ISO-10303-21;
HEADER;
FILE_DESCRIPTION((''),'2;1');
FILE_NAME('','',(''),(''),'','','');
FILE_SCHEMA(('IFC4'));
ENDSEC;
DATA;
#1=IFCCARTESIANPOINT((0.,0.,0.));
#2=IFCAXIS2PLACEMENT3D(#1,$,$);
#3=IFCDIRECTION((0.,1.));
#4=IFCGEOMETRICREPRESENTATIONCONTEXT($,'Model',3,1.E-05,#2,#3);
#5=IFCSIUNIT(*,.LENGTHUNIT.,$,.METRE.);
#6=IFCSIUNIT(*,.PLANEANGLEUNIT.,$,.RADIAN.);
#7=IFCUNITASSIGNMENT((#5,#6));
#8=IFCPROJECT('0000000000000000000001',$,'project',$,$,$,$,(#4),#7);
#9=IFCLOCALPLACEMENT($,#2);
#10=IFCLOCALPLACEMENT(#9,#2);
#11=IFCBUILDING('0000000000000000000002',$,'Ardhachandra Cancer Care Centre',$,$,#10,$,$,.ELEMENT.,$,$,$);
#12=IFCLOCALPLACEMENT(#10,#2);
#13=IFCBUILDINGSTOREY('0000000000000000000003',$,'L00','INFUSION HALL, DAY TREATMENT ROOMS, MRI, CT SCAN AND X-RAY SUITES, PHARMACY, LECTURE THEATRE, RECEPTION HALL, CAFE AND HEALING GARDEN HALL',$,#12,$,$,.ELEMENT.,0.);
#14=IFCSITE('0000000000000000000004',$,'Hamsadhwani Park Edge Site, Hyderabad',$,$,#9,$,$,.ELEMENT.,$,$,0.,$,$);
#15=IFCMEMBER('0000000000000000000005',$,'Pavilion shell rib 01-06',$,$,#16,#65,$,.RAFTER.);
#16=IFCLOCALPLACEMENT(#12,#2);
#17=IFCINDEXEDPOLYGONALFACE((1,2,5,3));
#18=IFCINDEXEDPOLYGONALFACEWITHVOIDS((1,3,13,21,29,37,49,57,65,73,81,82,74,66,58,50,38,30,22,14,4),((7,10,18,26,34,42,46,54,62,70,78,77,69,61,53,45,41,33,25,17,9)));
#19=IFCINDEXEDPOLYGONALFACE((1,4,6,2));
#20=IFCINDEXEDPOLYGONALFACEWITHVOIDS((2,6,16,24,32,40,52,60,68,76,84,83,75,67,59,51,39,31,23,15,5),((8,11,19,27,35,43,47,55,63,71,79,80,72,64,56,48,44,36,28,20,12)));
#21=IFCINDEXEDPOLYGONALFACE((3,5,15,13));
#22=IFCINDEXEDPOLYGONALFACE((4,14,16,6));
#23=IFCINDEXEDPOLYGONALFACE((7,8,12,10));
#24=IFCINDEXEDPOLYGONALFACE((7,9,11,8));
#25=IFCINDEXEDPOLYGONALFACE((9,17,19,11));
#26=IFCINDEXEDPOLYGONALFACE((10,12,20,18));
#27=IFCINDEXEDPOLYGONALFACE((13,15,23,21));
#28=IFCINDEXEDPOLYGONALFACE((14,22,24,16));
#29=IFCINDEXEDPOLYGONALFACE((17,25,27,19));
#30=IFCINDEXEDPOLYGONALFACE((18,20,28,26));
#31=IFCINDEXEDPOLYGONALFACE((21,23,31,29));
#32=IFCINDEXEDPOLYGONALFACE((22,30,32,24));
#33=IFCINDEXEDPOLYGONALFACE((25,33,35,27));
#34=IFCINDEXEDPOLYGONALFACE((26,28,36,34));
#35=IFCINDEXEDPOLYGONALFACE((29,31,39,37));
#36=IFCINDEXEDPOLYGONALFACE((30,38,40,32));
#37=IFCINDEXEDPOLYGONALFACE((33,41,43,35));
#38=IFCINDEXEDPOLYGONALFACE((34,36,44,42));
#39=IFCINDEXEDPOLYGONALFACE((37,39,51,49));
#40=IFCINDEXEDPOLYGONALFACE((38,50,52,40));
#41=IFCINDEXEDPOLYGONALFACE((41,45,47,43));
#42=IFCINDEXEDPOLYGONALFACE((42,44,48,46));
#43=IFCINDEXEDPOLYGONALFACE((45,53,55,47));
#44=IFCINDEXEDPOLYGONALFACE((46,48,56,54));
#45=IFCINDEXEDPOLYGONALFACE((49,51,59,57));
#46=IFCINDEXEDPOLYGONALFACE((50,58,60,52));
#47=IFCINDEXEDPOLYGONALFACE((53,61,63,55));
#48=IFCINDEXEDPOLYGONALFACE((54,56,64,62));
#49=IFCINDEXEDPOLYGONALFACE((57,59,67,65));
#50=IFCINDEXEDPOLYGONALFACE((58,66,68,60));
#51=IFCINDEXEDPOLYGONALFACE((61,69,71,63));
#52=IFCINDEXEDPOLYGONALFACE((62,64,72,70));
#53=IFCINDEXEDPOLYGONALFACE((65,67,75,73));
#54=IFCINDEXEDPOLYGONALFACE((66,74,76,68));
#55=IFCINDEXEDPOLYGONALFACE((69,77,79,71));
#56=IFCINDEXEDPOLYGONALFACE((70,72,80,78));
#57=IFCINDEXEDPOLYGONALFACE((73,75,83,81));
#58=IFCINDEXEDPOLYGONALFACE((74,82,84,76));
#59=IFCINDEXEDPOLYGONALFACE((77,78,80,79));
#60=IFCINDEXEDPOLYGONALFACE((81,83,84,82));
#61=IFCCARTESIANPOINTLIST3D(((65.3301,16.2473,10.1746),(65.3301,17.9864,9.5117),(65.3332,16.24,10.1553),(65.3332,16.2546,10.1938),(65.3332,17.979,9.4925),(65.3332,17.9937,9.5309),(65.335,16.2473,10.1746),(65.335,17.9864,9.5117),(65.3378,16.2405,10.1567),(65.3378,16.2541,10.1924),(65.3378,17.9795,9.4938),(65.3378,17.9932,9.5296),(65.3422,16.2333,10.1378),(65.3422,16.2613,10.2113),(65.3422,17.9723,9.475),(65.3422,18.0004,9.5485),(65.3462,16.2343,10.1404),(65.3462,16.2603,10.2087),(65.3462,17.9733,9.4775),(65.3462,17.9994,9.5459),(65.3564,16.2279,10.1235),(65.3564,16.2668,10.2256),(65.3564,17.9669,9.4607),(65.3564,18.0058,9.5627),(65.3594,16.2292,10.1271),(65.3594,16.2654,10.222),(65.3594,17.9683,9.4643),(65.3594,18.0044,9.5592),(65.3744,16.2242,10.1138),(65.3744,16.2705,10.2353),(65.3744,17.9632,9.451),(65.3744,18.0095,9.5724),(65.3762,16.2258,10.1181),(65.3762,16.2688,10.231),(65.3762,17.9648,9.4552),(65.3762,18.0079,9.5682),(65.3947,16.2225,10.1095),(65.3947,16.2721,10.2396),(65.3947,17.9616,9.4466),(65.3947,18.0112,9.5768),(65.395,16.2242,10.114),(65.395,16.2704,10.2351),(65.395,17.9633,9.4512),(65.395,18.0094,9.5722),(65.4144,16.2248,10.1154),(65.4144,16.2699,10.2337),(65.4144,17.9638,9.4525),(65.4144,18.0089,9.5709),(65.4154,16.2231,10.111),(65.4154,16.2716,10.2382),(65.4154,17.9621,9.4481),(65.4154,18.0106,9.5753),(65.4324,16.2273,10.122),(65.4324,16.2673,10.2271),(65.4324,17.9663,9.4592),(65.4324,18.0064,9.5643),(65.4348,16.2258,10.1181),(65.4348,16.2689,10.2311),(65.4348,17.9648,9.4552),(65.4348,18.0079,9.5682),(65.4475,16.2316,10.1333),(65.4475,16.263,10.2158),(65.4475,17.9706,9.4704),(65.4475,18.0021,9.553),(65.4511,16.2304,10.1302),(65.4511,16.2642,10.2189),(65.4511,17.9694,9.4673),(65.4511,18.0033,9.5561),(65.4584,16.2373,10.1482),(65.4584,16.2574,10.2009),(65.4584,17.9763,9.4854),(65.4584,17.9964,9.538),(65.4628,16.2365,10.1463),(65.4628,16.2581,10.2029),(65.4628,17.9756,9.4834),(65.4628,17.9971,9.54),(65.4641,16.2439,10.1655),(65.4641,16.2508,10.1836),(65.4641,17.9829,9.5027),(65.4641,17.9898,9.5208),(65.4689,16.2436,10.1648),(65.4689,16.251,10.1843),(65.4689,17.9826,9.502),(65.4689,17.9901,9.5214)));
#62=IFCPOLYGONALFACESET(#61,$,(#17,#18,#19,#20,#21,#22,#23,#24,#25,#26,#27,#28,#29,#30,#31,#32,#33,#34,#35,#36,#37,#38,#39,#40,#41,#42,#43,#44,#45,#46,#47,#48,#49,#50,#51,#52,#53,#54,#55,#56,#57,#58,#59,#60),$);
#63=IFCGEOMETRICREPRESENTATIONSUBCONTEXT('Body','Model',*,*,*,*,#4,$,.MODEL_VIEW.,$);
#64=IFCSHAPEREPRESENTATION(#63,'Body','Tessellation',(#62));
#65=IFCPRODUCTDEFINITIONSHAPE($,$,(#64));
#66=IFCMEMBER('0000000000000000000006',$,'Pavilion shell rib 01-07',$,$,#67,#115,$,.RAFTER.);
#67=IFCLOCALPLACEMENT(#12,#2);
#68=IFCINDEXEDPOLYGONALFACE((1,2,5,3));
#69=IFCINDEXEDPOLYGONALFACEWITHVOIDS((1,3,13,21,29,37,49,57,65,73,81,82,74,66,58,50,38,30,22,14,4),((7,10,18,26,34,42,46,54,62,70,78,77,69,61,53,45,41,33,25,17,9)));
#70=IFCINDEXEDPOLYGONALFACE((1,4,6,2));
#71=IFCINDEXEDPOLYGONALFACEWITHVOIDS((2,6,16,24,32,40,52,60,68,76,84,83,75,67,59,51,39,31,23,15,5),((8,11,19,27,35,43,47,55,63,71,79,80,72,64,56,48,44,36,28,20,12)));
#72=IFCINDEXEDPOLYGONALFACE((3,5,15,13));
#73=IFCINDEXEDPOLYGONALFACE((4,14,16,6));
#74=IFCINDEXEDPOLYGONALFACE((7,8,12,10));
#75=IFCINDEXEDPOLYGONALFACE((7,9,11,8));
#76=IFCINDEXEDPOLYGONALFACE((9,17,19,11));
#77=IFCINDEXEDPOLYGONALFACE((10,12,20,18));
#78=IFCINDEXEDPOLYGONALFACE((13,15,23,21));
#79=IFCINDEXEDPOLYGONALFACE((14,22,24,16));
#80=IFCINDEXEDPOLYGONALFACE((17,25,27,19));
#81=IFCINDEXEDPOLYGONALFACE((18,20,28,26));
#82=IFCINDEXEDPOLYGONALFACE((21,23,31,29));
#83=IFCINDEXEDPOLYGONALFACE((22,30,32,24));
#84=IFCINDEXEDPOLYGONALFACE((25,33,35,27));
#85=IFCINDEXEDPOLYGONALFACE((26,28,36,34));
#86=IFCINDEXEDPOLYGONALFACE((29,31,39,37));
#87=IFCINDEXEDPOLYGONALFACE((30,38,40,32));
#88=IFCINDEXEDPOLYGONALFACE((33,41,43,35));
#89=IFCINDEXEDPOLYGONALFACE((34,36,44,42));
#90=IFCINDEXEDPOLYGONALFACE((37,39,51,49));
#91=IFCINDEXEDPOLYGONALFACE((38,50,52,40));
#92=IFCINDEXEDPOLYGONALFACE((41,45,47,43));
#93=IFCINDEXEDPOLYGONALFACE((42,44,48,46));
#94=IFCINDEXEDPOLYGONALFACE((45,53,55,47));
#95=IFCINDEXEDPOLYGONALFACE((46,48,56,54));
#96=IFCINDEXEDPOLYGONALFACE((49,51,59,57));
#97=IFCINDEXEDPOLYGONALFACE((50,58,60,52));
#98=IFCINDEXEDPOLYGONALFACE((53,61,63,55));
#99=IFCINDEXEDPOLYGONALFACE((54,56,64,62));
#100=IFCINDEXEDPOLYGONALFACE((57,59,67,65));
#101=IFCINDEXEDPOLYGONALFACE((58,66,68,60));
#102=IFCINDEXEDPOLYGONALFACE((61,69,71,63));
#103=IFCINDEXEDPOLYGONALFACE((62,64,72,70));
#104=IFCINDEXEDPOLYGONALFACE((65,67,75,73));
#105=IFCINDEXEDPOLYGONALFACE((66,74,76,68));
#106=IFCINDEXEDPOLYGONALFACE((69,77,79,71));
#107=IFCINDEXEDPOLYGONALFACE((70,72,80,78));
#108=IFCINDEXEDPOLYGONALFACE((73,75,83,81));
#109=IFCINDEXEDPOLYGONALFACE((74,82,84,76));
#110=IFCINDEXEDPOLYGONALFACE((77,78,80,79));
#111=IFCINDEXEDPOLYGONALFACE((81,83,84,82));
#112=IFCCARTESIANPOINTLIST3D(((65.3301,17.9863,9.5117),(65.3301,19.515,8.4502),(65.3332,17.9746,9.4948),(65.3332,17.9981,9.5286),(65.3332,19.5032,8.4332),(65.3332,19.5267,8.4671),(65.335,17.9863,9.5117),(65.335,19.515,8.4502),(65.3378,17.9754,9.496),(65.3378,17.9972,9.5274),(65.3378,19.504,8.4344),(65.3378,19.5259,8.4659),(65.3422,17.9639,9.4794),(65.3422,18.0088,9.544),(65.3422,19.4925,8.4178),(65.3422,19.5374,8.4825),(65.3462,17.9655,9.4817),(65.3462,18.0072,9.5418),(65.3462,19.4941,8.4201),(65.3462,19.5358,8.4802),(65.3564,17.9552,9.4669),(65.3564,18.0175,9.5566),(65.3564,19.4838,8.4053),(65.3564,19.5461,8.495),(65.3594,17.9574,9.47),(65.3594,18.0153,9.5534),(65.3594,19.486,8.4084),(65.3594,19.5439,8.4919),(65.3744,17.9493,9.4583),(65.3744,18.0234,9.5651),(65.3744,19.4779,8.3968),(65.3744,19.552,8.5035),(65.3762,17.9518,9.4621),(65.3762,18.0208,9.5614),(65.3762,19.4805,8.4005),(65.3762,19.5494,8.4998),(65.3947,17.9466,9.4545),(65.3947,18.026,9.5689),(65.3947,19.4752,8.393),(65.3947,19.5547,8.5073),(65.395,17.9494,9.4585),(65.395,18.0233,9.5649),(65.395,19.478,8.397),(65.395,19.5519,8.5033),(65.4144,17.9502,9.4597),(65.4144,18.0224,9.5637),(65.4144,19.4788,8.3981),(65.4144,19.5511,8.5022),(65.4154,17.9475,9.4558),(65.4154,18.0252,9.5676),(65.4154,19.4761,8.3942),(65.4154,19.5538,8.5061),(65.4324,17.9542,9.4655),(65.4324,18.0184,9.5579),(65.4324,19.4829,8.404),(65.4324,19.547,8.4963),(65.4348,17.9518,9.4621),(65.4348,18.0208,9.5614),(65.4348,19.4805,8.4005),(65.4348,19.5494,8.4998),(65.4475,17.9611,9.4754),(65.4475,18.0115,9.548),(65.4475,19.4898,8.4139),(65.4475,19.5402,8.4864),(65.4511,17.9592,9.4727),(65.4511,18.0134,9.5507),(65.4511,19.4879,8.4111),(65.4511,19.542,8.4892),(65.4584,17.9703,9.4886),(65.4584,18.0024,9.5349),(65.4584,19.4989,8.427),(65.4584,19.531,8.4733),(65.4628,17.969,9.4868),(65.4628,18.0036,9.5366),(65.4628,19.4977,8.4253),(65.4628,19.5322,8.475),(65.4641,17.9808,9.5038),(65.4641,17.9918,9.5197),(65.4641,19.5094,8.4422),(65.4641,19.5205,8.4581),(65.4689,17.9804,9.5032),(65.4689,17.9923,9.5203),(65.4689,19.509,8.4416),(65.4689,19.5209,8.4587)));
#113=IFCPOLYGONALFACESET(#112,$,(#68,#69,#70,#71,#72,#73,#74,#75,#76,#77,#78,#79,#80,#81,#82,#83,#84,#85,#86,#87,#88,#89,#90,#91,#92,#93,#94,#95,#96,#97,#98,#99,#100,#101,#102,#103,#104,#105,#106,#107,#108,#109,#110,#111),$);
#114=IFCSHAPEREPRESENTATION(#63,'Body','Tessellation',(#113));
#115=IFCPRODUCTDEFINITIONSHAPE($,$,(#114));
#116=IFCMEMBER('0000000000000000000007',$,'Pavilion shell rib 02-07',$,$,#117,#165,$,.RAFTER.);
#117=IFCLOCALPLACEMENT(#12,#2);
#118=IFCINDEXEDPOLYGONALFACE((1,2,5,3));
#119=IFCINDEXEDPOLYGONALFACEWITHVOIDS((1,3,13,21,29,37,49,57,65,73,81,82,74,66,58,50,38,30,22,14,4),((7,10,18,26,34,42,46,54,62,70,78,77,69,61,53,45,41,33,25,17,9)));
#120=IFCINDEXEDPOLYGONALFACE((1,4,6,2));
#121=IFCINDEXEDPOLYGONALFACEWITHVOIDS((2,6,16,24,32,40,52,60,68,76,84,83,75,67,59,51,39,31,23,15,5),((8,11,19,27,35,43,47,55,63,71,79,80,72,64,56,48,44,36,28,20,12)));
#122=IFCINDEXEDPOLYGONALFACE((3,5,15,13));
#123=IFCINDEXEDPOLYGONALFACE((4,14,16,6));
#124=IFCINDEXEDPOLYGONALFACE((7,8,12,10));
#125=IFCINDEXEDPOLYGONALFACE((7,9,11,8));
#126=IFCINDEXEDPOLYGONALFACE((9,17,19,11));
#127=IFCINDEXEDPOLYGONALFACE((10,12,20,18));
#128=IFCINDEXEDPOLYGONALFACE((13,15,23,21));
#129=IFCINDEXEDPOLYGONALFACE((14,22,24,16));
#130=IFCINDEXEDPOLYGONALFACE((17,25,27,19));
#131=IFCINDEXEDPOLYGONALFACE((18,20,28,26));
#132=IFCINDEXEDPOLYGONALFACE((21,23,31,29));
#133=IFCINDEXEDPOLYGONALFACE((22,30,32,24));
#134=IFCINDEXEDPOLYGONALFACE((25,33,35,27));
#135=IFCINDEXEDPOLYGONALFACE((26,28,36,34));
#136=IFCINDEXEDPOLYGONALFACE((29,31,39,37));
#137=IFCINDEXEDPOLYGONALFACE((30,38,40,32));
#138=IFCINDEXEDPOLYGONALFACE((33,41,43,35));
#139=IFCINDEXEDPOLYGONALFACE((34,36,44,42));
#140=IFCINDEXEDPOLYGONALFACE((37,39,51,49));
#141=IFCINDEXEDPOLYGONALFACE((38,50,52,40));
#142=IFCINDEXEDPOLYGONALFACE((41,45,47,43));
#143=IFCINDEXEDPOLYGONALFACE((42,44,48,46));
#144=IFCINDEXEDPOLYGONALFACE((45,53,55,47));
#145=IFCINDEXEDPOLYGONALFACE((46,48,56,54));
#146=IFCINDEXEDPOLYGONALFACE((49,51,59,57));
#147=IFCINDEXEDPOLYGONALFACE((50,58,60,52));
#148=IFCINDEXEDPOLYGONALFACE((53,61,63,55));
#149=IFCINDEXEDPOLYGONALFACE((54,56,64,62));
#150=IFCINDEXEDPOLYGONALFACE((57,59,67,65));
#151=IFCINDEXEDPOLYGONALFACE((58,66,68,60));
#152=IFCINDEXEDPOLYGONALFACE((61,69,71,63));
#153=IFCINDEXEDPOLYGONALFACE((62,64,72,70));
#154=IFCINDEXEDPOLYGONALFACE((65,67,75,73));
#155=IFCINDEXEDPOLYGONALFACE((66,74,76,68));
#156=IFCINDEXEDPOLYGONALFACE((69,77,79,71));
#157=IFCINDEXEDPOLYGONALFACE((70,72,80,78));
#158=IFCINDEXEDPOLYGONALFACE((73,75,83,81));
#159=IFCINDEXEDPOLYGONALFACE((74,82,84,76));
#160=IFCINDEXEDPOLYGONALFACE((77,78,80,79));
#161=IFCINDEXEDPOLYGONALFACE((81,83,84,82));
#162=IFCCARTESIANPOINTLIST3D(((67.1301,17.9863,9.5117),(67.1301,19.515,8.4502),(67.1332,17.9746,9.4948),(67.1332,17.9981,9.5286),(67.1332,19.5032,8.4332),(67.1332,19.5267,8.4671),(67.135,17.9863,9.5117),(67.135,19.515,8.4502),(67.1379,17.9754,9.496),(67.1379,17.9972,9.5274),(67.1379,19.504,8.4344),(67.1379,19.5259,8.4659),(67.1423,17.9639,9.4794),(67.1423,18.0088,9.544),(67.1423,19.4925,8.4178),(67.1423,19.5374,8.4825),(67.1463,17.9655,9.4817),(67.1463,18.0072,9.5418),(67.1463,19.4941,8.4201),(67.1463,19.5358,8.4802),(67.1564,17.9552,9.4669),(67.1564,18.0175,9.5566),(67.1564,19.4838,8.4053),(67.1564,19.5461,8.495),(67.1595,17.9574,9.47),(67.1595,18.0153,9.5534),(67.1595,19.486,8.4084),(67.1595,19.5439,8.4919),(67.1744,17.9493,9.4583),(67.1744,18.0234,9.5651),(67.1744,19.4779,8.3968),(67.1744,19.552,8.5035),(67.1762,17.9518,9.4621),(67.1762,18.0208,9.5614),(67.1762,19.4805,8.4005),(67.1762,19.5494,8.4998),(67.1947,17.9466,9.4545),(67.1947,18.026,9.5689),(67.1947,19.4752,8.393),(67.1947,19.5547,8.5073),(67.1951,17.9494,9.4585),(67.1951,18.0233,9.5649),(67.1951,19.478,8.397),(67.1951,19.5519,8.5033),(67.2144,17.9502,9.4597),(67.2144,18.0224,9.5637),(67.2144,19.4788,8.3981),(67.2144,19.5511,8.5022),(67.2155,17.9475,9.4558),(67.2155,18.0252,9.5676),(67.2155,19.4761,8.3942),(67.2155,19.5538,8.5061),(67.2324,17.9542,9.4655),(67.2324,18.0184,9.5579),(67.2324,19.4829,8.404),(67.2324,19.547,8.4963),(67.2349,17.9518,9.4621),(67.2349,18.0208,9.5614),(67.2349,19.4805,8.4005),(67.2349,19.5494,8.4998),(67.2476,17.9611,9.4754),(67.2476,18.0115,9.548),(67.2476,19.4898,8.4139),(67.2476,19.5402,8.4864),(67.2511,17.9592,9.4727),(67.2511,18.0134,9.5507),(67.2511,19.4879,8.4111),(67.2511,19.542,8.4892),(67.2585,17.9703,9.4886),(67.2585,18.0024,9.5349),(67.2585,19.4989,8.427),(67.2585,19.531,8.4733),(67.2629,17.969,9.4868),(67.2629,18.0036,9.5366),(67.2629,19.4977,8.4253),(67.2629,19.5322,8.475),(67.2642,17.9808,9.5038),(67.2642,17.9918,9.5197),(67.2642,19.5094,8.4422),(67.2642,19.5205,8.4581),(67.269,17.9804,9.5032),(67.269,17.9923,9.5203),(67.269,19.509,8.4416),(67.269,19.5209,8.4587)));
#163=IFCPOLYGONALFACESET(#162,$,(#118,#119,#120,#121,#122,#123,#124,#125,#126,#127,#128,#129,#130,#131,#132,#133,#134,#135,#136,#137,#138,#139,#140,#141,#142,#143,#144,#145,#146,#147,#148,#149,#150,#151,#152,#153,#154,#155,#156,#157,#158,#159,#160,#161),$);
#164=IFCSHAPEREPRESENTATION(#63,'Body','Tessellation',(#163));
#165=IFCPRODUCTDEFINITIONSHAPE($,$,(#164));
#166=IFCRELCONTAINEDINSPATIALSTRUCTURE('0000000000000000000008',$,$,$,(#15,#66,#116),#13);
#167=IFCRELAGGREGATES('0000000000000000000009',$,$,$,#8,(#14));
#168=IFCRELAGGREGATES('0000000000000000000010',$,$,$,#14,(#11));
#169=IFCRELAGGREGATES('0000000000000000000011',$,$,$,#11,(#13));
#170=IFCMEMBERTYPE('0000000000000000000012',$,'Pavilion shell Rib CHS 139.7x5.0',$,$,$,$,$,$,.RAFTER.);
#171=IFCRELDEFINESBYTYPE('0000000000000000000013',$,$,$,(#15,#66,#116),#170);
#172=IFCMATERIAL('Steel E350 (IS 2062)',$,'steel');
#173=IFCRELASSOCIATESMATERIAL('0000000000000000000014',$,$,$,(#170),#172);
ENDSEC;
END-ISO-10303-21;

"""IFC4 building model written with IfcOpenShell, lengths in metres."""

from ifc_helpers import new_model, si_unit, direction, frame, origin, origin_2d, place, context, subcontext, project, spatial, hollow_circle, extrude, material, material_profile, profile_set, type_object, element, save


model = new_model("IFC4")

# Units and contexts
model_context = context("Model", 3, precision=1e-05, world=origin(), true_north=direction((0.0, 1.0)))
body_context = subcontext(model_context, "Body", "Model", "MODEL_VIEW")
ifc_project = project(units=[si_unit("LENGTHUNIT", "METRE"), si_unit("PLANEANGLEUNIT", "RADIAN")], contexts=[model_context])

# Site, building, storey
site_placement = place(None, origin())
site = spatial("IfcSite", under=ifc_project, at=site_placement, Name="Hamsadhwani Park Edge Site, Hyderabad", CompositionType="ELEMENT", RefElevation=0.0)
building_placement = place(site_placement, origin())
building = spatial("IfcBuilding", under=site, at=building_placement, Name="Ardhachandra Cancer Care Centre", CompositionType="ELEMENT")
storey_placement = place(building_placement, origin())
storey = spatial("IfcBuildingStorey", under=building, at=storey_placement, Name="L00", Description="INFUSION HALL, DAY TREATMENT ROOMS, MRI, CT SCAN AND X-RAY SUITES, PHARMACY, LECTURE THEATRE, RECEPTION HALL, CAFE AND HEALING GARDEN HALL", CompositionType="ELEMENT", Elevation=0.0)

# Members
ifc_material_1 = material(Name="Steel E350 (IS 2062)", Category="steel")
ifc_material_profile_1 = material_profile(ifc_material_1, hollow_circle(Radius=0.0698, WallThickness=0.0049, at=origin_2d()), Name="CHS 139.7x5.0")
ifc_profile_set_1 = profile_set([ifc_material_profile_1], Name="Steel E350 (IS 2062)")
member_type_1 = type_object("IfcMemberType", Name="Pavilion shell Rib CHS 139.7x5.0", PredefinedType="RAFTER", material=ifc_profile_set_1)
for number, where, z_axis, x_axis, name in (
    (1, (65.3999, 16.2473, 10.1746), (0.0, 0.934423, -0.356164), (-1.0, 0.0, 0.0), "Pavilion shell rib 01-06"),
    (2, (65.3999, 17.9863, 9.5117), (0.0, 0.821365, -0.570403), (-1.0, 0.0, 0.0), "Pavilion shell rib 01-07"),
    (3, (67.2, 17.9863, 9.5117), (0.0, 0.821365, -0.570403), (-1.0, 0.0, 0.0), "Pavilion shell rib 02-07"),
):
    element("IfcMember", number, at=place(storey_placement, frame(where, z_axis=z_axis, x_axis=x_axis)), inside=storey, type_object=member_type_1, Name=name, PredefinedType="RAFTER", context=body_context, shape_type="SweptSolid", body=[
        extrude(hollow_circle(Radius=0.0698, WallThickness=0.0049, at=origin_2d()), origin(), (0.0, 0.0, 1.0), 1.8611),
    ])

save(model, "model.ifc")
